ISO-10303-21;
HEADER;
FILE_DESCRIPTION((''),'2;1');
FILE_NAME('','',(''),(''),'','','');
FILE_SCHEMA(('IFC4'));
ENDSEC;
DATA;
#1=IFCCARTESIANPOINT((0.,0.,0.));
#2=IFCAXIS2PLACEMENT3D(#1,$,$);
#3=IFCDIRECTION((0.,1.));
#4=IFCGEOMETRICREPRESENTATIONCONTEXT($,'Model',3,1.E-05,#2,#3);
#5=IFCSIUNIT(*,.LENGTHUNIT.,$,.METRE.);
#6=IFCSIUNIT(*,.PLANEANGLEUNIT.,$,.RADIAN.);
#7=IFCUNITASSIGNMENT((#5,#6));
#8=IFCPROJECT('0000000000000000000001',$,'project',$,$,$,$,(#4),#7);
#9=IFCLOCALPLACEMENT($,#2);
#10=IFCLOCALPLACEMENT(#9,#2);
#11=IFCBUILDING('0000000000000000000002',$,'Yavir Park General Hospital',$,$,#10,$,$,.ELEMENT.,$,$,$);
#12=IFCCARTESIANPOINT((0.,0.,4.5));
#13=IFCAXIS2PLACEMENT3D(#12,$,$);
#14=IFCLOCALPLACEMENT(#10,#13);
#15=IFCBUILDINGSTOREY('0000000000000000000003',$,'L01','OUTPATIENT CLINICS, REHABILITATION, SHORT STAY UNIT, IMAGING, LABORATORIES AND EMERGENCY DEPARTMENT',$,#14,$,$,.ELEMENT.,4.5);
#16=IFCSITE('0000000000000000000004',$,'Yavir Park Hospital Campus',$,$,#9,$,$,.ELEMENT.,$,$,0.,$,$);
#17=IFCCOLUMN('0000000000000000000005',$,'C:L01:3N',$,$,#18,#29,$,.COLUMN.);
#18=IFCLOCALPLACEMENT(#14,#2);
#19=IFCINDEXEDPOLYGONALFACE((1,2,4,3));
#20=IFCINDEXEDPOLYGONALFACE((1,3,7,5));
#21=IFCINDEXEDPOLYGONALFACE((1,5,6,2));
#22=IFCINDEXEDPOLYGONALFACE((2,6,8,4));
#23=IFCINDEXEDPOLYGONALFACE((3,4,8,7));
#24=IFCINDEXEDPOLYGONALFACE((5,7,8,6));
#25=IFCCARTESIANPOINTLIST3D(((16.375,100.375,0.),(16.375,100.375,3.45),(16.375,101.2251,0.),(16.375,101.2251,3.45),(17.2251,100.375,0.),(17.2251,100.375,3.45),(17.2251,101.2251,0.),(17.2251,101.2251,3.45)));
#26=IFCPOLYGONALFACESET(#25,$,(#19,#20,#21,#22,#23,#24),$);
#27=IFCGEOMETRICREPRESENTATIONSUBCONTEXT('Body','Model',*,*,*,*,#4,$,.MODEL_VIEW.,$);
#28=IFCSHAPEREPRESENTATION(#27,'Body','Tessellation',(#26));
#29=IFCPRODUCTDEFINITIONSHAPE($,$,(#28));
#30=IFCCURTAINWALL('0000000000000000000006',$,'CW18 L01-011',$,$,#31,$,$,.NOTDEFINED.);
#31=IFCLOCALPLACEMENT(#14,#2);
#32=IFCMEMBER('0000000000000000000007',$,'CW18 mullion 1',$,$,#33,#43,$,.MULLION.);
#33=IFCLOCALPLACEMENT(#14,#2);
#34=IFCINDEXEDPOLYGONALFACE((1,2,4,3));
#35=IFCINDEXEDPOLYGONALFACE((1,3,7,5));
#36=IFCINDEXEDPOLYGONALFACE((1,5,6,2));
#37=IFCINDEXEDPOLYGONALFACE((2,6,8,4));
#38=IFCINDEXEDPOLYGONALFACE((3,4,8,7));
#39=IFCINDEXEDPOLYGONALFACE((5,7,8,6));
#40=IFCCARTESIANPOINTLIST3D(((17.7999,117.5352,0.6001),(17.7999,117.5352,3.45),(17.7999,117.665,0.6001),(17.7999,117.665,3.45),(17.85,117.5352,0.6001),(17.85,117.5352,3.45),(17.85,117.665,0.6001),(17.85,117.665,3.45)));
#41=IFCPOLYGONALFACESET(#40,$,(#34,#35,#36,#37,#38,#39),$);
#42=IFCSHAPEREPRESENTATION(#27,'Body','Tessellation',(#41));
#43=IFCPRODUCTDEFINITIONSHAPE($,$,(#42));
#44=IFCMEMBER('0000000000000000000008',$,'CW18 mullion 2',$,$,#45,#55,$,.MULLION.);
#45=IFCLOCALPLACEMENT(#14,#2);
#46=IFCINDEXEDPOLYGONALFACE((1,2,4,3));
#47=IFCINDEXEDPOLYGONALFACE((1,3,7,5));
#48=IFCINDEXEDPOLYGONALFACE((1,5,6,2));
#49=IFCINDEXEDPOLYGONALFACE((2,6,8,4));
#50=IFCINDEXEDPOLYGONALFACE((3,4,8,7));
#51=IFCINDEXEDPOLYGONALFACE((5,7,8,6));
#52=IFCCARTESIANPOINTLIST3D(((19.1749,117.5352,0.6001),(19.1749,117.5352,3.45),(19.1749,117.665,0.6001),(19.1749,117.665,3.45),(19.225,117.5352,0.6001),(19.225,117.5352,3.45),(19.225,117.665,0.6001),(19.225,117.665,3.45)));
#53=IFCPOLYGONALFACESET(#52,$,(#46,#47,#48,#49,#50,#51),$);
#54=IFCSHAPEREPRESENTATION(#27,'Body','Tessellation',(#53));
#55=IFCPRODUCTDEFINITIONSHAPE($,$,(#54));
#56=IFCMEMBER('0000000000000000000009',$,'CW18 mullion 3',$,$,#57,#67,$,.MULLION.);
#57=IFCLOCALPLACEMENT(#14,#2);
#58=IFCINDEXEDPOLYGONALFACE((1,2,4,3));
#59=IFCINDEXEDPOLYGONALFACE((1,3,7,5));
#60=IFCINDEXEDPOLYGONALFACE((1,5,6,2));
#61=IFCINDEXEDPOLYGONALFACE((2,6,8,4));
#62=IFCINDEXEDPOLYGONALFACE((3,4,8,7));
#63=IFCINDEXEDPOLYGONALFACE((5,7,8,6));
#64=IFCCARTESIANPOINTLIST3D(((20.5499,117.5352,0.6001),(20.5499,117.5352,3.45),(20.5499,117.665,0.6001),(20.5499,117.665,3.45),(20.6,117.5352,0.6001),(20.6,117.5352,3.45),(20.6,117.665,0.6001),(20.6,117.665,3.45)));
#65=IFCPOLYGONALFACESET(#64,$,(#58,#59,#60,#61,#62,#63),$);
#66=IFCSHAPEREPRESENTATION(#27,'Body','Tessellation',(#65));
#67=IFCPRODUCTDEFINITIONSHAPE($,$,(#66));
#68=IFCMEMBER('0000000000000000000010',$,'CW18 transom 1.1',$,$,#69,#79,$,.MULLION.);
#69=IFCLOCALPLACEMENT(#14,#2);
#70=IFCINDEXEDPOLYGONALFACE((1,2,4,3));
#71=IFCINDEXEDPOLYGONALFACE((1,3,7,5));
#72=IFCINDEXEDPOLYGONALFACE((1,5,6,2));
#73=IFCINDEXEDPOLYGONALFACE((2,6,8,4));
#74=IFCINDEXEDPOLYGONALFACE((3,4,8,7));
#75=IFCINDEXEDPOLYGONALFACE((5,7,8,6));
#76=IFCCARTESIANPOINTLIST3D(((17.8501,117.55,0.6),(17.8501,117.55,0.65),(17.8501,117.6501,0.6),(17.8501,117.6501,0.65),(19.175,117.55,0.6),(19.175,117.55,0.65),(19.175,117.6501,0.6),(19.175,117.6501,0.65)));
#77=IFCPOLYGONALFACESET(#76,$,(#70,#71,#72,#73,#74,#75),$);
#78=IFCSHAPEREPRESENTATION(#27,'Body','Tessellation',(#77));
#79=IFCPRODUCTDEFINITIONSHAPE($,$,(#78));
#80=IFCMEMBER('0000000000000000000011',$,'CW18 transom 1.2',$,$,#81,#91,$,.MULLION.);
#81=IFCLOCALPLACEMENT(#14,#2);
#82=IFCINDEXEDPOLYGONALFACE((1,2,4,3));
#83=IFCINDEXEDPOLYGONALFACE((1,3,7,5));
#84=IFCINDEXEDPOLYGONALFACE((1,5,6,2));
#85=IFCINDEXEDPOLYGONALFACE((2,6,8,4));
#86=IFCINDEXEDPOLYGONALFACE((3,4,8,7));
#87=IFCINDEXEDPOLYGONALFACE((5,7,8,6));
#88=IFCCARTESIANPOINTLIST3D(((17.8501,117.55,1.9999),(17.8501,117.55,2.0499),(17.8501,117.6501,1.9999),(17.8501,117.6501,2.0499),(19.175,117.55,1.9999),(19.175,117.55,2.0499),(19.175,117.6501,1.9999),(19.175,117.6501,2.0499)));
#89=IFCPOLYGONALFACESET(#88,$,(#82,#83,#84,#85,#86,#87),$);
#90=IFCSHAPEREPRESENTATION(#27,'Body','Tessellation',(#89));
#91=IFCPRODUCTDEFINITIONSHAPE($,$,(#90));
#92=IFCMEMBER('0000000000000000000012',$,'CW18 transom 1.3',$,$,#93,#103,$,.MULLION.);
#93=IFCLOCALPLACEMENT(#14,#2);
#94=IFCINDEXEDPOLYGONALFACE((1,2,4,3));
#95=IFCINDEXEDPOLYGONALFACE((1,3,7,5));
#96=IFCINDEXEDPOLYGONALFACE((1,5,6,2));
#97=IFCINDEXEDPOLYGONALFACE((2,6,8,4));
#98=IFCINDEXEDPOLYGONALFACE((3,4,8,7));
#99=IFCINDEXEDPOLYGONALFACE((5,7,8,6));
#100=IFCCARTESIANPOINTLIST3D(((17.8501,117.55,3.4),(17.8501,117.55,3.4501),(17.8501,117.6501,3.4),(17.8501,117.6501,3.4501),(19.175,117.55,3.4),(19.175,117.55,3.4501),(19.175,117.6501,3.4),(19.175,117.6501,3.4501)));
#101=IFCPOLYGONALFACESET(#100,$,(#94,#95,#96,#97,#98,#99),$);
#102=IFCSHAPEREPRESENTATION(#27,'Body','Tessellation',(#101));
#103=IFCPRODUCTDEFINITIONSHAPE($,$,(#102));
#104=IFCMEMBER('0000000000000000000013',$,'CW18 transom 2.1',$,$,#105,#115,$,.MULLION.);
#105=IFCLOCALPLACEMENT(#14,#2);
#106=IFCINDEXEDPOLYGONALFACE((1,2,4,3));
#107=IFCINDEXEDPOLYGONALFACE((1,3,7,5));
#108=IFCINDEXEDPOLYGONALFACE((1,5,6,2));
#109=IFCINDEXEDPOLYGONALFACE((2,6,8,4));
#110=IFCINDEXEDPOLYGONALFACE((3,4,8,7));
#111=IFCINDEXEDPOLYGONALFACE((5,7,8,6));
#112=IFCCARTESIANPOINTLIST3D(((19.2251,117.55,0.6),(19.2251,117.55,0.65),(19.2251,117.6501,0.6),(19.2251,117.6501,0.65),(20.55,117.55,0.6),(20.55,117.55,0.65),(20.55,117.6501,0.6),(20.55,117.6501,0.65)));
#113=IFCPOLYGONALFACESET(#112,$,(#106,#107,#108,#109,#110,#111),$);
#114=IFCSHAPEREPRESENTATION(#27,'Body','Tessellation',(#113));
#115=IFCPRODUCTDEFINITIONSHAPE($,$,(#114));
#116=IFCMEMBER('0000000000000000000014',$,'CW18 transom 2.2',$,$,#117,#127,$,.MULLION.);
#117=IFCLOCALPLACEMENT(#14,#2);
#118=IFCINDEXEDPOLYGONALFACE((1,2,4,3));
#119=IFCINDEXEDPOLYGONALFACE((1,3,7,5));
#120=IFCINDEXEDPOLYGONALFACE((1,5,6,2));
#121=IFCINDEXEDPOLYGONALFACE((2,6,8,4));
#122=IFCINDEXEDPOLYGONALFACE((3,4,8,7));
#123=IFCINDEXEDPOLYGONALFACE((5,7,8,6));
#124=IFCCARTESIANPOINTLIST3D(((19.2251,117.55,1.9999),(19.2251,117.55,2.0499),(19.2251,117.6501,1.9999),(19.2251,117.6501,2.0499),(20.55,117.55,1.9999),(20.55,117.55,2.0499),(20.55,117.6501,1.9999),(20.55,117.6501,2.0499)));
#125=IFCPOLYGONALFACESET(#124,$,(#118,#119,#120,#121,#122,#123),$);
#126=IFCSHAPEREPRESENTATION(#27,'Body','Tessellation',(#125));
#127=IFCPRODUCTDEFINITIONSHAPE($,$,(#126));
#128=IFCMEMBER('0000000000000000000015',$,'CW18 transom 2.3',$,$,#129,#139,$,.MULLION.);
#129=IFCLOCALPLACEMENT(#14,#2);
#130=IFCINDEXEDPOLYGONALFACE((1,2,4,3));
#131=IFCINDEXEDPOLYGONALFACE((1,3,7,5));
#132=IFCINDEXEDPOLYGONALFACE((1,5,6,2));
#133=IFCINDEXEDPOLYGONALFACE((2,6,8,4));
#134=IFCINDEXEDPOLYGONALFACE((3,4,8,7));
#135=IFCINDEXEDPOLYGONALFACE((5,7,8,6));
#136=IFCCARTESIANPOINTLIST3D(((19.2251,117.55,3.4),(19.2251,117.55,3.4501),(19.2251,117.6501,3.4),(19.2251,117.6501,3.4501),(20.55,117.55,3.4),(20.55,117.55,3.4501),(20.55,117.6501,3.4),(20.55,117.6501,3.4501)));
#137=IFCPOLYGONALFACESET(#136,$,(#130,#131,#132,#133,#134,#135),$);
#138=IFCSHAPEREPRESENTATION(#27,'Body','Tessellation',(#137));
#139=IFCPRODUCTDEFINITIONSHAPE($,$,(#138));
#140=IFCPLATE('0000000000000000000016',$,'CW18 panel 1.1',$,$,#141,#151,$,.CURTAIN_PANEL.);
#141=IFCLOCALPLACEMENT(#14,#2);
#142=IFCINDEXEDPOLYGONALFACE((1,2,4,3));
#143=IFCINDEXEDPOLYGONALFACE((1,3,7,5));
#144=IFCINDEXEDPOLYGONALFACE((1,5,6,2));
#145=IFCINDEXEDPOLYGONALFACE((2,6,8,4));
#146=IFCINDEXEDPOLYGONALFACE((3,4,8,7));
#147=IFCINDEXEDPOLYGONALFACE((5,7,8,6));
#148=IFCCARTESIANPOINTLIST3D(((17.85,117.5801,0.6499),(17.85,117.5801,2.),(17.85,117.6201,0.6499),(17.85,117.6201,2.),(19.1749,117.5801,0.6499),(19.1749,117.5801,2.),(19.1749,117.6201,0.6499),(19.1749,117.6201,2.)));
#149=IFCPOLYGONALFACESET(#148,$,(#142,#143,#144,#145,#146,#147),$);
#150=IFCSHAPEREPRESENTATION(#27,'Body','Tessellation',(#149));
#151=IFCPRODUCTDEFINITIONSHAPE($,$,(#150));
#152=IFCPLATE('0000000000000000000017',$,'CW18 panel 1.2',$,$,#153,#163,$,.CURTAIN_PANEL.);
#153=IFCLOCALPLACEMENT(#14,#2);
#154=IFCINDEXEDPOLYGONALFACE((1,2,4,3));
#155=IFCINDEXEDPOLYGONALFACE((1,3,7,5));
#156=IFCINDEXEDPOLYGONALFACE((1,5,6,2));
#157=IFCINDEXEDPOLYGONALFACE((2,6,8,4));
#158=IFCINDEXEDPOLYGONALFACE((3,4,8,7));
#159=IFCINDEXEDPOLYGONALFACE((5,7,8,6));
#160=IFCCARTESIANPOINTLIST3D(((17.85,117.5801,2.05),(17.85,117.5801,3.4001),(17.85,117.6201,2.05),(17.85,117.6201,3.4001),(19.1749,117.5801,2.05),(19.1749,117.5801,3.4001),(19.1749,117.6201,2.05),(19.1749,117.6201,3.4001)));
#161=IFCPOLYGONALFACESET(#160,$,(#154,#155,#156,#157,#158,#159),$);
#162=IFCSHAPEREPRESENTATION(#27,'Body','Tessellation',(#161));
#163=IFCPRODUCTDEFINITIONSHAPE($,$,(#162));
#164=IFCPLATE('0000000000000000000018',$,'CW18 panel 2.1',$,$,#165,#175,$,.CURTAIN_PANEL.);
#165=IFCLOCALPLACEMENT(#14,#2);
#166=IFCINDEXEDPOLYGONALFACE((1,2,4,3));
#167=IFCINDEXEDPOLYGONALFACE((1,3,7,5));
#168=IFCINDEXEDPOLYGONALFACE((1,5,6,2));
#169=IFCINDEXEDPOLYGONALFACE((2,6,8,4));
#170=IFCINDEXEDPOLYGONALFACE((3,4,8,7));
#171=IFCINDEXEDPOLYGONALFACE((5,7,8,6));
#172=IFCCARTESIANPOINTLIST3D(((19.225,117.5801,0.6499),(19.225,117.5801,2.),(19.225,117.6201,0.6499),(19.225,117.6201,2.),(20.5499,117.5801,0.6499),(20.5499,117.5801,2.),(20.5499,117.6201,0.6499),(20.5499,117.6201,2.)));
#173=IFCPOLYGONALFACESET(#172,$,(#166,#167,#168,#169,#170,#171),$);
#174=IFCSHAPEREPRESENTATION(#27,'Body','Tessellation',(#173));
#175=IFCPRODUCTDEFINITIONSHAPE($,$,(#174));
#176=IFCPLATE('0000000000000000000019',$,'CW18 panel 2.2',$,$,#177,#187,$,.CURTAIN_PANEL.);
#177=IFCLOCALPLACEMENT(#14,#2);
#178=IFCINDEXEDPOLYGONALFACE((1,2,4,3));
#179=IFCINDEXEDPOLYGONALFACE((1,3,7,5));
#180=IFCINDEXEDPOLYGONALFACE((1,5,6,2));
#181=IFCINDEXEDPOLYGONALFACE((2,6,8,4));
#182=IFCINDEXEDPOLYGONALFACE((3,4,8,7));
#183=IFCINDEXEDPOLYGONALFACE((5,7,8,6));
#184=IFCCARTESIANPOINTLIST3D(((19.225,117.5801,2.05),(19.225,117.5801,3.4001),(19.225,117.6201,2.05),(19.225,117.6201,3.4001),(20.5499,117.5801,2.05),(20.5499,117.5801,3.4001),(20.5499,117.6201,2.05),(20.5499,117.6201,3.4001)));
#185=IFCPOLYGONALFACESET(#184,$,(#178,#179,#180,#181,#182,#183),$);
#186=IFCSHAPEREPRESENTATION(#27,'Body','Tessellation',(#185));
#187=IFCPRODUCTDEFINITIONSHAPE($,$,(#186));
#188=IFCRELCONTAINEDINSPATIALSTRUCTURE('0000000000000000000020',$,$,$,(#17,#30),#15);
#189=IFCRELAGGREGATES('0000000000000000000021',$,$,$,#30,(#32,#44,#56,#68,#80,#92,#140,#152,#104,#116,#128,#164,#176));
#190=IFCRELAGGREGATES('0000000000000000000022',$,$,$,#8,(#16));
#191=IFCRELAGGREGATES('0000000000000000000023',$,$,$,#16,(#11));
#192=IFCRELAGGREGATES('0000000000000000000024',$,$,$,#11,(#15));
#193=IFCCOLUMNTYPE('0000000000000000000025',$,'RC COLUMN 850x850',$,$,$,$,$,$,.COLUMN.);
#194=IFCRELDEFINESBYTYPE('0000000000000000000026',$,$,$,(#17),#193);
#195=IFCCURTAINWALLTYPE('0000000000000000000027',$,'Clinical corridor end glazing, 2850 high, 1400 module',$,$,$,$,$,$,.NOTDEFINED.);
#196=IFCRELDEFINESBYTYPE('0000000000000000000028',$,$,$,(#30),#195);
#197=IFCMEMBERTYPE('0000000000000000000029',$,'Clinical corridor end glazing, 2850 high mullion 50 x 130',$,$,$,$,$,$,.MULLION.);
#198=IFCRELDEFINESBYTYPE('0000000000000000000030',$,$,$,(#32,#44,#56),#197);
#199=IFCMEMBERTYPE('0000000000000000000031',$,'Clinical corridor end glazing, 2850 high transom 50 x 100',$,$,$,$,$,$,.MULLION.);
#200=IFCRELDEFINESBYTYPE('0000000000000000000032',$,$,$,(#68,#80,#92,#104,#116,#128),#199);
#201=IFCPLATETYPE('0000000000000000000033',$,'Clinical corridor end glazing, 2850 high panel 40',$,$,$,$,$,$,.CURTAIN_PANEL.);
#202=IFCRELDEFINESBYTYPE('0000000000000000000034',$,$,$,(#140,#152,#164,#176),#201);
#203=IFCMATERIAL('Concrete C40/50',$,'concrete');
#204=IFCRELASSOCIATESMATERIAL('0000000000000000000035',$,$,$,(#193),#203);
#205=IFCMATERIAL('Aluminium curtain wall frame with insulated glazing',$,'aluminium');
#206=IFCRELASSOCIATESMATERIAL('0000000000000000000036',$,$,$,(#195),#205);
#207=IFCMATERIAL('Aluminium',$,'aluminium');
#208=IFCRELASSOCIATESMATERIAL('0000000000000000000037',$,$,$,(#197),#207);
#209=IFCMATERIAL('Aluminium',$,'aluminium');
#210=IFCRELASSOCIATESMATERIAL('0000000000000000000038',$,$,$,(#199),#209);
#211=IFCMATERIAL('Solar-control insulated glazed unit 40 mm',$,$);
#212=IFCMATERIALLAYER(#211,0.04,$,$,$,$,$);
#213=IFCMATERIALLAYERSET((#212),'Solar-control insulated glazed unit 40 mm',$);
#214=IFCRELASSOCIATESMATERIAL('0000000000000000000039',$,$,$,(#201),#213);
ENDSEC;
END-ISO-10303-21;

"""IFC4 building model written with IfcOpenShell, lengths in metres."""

from ifc_helpers import new_model, si_unit, direction, frame, origin, origin_2d, place, context, subcontext, project, spatial, rectangle, extrude, material, layer, layer_set, material_profile, profile_set, type_object, element, aggregate, save


model = new_model("IFC4")

# Units and contexts
model_context = context("Model", 3, precision=1e-05, world=origin(), true_north=direction((0.0, 1.0)))
body_context = subcontext(model_context, "Body", "Model", "MODEL_VIEW")
ifc_project = project(units=[si_unit("LENGTHUNIT", "METRE"), si_unit("PLANEANGLEUNIT", "RADIAN")], contexts=[model_context])

# Site, building, storey
site_placement = place(None, origin())
site = spatial("IfcSite", under=ifc_project, at=site_placement, Name="Yavir Park Hospital Campus", CompositionType="ELEMENT", RefElevation=0.0)
building_placement = place(site_placement, origin())
building = spatial("IfcBuilding", under=site, at=building_placement, Name="Yavir Park General Hospital", CompositionType="ELEMENT")
storey_placement = place(building_placement, frame((0.0, 0.0, 4.5)))
storey = spatial("IfcBuildingStorey", under=building, at=storey_placement, Name="L01", Description="OUTPATIENT CLINICS, REHABILITATION, SHORT STAY UNIT, IMAGING, LABORATORIES AND EMERGENCY DEPARTMENT", CompositionType="ELEMENT", Elevation=4.5)

# Column
ifc_material_1 = material(Name="Concrete C40/50", Category="concrete")
ifc_material_profile_1 = material_profile(ifc_material_1, rectangle(XDim=0.8501, YDim=0.8501, at=origin_2d()), Name="RC850x850")
ifc_profile_set_1 = profile_set([ifc_material_profile_1], Name="Concrete C40/50")
column_type = type_object("IfcColumnType", Name="RC COLUMN 850x850", PredefinedType="COLUMN", material=ifc_profile_set_1)
column_placement = place(storey_placement, frame((16.8, 100.8, 0.0), z_axis=(0.0, 0.0, 1.0), x_axis=(1.0, 0.0, 0.0)))
element("IfcColumn", 1, at=column_placement, inside=storey, type_object=column_type, Name="C:L01:3N", PredefinedType="COLUMN", context=body_context, shape_type="SweptSolid", body=[
    extrude(rectangle(XDim=0.8501, YDim=0.8501, at=origin_2d()), origin(), (0.0, 0.0, 1.0), 3.45),
])

# Curtain wall, members, plates
ifc_material_2 = material(Name="Aluminium curtain wall frame with insulated glazing", Category="aluminium")
curtain_wall_type = type_object("IfcCurtainWallType", Name="Clinical corridor end glazing, 2850 high, 1400 module", PredefinedType="NOTDEFINED", material=ifc_material_2)
curtain_wall_placement = place(storey_placement, origin())
curtain_wall = element("IfcCurtainWall", 2, at=curtain_wall_placement, inside=storey, type_object=curtain_wall_type, Name="CW18 L01-011", PredefinedType="NOTDEFINED")
ifc_material_3 = material(Name="Aluminium", Category="aluminium")
ifc_material_profile_2 = material_profile(ifc_material_3, rectangle(XDim=0.1299, YDim=0.05, at=origin_2d()), Name="AL 50x130")
ifc_profile_set_2 = profile_set([ifc_material_profile_2], Name="Aluminium")
member_type_1 = type_object("IfcMemberType", Name="Clinical corridor end glazing, 2850 high mullion 50 x 130", PredefinedType="MULLION", material=ifc_profile_set_2)
member_1_placement = place(storey_placement, frame((17.825, 117.6001, 0.6001), z_axis=(0.0, 0.0, 1.0), x_axis=(0.0, 1.0, 0.0)))
member_1 = element("IfcMember", 3, at=member_1_placement, type_object=member_type_1, Name="CW18 mullion 1", PredefinedType="MULLION", context=body_context, shape_type="SweptSolid", body=[
    extrude(rectangle(XDim=0.1299, YDim=0.05, at=origin_2d()), origin(), (0.0, 0.0, 1.0), 2.8499),
])
member_2_placement = place(storey_placement, frame((19.2, 117.6001, 0.6001), z_axis=(0.0, 0.0, 1.0), x_axis=(0.0, 1.0, 0.0)))
member_2 = element("IfcMember", 4, at=member_2_placement, type_object=member_type_1, Name="CW18 mullion 2", PredefinedType="MULLION", context=body_context, shape_type="SweptSolid", body=[
    extrude(rectangle(XDim=0.1299, YDim=0.05, at=origin_2d()), origin(), (0.0, 0.0, 1.0), 2.8499),
])
member_3_placement = place(storey_placement, frame((20.575, 117.6001, 0.6001), z_axis=(0.0, 0.0, 1.0), x_axis=(0.0, 1.0, 0.0)))
member_3 = element("IfcMember", 5, at=member_3_placement, type_object=member_type_1, Name="CW18 mullion 3", PredefinedType="MULLION", context=body_context, shape_type="SweptSolid", body=[
    extrude(rectangle(XDim=0.1299, YDim=0.05, at=origin_2d()), origin(), (0.0, 0.0, 1.0), 2.8499),
])
ifc_material_4 = material(Name="Aluminium", Category="aluminium")
ifc_material_profile_3 = material_profile(ifc_material_4, rectangle(XDim=0.1001, YDim=0.05, at=origin_2d()), Name="AL 100x50")
ifc_profile_set_3 = profile_set([ifc_material_profile_3], Name="Aluminium")
member_type_2 = type_object("IfcMemberType", Name="Clinical corridor end glazing, 2850 high transom 50 x 100", PredefinedType="MULLION", material=ifc_profile_set_3)
member_4_placement = place(storey_placement, frame((17.8501, 117.6001, 0.625), z_axis=(1.0, 0.0, 0.0), x_axis=(0.0, 1.0, 0.0)))
member_4 = element("IfcMember", 6, at=member_4_placement, type_object=member_type_2, Name="CW18 transom 1.1", PredefinedType="MULLION", context=body_context, shape_type="SweptSolid", body=[
    extrude(rectangle(XDim=0.1001, YDim=0.05, at=origin_2d()), origin(), (0.0, 0.0, 1.0), 1.325),
])
member_5_placement = place(storey_placement, frame((17.8501, 117.6001, 2.0249), z_axis=(1.0, 0.0, 0.0), x_axis=(0.0, 1.0, 0.0)))
member_5 = element("IfcMember", 7, at=member_5_placement, type_object=member_type_2, Name="CW18 transom 1.2", PredefinedType="MULLION", context=body_context, shape_type="SweptSolid", body=[
    extrude(rectangle(XDim=0.1001, YDim=0.05, at=origin_2d()), origin(), (0.0, 0.0, 1.0), 1.325),
])
member_6_placement = place(storey_placement, frame((17.8501, 117.6001, 3.425), z_axis=(1.0, 0.0, 0.0), x_axis=(0.0, 1.0, 0.0)))
member_6 = element("IfcMember", 8, at=member_6_placement, type_object=member_type_2, Name="CW18 transom 1.3", PredefinedType="MULLION", context=body_context, shape_type="SweptSolid", body=[
    extrude(rectangle(XDim=0.1001, YDim=0.05, at=origin_2d()), origin(), (0.0, 0.0, 1.0), 1.325),
])
member_7_placement = place(storey_placement, frame((19.2251, 117.6001, 0.625), z_axis=(1.0, 0.0, 0.0), x_axis=(0.0, 1.0, 0.0)))
member_7 = element("IfcMember", 9, at=member_7_placement, type_object=member_type_2, Name="CW18 transom 2.1", PredefinedType="MULLION", context=body_context, shape_type="SweptSolid", body=[
    extrude(rectangle(XDim=0.1001, YDim=0.05, at=origin_2d()), origin(), (0.0, 0.0, 1.0), 1.325),
])
member_8_placement = place(storey_placement, frame((19.2251, 117.6001, 2.0249), z_axis=(1.0, 0.0, 0.0), x_axis=(0.0, 1.0, 0.0)))
member_8 = element("IfcMember", 10, at=member_8_placement, type_object=member_type_2, Name="CW18 transom 2.2", PredefinedType="MULLION", context=body_context, shape_type="SweptSolid", body=[
    extrude(rectangle(XDim=0.1001, YDim=0.05, at=origin_2d()), origin(), (0.0, 0.0, 1.0), 1.325),
])
member_9_placement = place(storey_placement, frame((19.2251, 117.6001, 3.425), z_axis=(1.0, 0.0, 0.0), x_axis=(0.0, 1.0, 0.0)))
member_9 = element("IfcMember", 11, at=member_9_placement, type_object=member_type_2, Name="CW18 transom 2.3", PredefinedType="MULLION", context=body_context, shape_type="SweptSolid", body=[
    extrude(rectangle(XDim=0.1001, YDim=0.05, at=origin_2d()), origin(), (0.0, 0.0, 1.0), 1.325),
])
ifc_material_5 = material(Name="Solar-control insulated glazed unit 40 mm")
ifc_layer_1 = layer(ifc_material_5, 0.04)
ifc_layer_set_1 = layer_set([ifc_layer_1], Name="Solar-control insulated glazed unit 40 mm")
plate_type = type_object("IfcPlateType", Name="Clinical corridor end glazing, 2850 high panel 40", PredefinedType="CURTAIN_PANEL", material=ifc_layer_set_1)
plate_1_placement = place(storey_placement, frame((18.5125, 117.6001, 0.6499), z_axis=(0.0, 0.0, 1.0), x_axis=(1.0, 0.0, 0.0)))
plate_1 = element("IfcPlate", 12, at=plate_1_placement, type_object=plate_type, Name="CW18 panel 1.1", PredefinedType="CURTAIN_PANEL", context=body_context, shape_type="SweptSolid", body=[
    extrude(rectangle(XDim=1.325, YDim=0.04, at=origin_2d()), origin(), (0.0, 0.0, 1.0), 1.3501),
])
plate_2_placement = place(storey_placement, frame((18.5125, 117.6001, 2.05), z_axis=(0.0, 0.0, 1.0), x_axis=(1.0, 0.0, 0.0)))
plate_2 = element("IfcPlate", 13, at=plate_2_placement, type_object=plate_type, Name="CW18 panel 1.2", PredefinedType="CURTAIN_PANEL", context=body_context, shape_type="SweptSolid", body=[
    extrude(rectangle(XDim=1.325, YDim=0.04, at=origin_2d()), origin(), (0.0, 0.0, 1.0), 1.3501),
])
plate_3_placement = place(storey_placement, frame((19.8875, 117.6001, 0.6499), z_axis=(0.0, 0.0, 1.0), x_axis=(1.0, 0.0, 0.0)))
plate_3 = element("IfcPlate", 14, at=plate_3_placement, type_object=plate_type, Name="CW18 panel 2.1", PredefinedType="CURTAIN_PANEL", context=body_context, shape_type="SweptSolid", body=[
    extrude(rectangle(XDim=1.325, YDim=0.04, at=origin_2d()), origin(), (0.0, 0.0, 1.0), 1.3501),
])
plate_4_placement = place(storey_placement, frame((19.8875, 117.6001, 2.05), z_axis=(0.0, 0.0, 1.0), x_axis=(1.0, 0.0, 0.0)))
plate_4 = element("IfcPlate", 15, at=plate_4_placement, type_object=plate_type, Name="CW18 panel 2.2", PredefinedType="CURTAIN_PANEL", context=body_context, shape_type="SweptSolid", body=[
    extrude(rectangle(XDim=1.325, YDim=0.04, at=origin_2d()), origin(), (0.0, 0.0, 1.0), 1.3501),
])
aggregate(curtain_wall, [member_1, member_2, member_3, member_4, member_5, member_6, plate_1, plate_2, member_7, member_8, member_9, plate_3, plate_4])

save(model, "model.ifc")
